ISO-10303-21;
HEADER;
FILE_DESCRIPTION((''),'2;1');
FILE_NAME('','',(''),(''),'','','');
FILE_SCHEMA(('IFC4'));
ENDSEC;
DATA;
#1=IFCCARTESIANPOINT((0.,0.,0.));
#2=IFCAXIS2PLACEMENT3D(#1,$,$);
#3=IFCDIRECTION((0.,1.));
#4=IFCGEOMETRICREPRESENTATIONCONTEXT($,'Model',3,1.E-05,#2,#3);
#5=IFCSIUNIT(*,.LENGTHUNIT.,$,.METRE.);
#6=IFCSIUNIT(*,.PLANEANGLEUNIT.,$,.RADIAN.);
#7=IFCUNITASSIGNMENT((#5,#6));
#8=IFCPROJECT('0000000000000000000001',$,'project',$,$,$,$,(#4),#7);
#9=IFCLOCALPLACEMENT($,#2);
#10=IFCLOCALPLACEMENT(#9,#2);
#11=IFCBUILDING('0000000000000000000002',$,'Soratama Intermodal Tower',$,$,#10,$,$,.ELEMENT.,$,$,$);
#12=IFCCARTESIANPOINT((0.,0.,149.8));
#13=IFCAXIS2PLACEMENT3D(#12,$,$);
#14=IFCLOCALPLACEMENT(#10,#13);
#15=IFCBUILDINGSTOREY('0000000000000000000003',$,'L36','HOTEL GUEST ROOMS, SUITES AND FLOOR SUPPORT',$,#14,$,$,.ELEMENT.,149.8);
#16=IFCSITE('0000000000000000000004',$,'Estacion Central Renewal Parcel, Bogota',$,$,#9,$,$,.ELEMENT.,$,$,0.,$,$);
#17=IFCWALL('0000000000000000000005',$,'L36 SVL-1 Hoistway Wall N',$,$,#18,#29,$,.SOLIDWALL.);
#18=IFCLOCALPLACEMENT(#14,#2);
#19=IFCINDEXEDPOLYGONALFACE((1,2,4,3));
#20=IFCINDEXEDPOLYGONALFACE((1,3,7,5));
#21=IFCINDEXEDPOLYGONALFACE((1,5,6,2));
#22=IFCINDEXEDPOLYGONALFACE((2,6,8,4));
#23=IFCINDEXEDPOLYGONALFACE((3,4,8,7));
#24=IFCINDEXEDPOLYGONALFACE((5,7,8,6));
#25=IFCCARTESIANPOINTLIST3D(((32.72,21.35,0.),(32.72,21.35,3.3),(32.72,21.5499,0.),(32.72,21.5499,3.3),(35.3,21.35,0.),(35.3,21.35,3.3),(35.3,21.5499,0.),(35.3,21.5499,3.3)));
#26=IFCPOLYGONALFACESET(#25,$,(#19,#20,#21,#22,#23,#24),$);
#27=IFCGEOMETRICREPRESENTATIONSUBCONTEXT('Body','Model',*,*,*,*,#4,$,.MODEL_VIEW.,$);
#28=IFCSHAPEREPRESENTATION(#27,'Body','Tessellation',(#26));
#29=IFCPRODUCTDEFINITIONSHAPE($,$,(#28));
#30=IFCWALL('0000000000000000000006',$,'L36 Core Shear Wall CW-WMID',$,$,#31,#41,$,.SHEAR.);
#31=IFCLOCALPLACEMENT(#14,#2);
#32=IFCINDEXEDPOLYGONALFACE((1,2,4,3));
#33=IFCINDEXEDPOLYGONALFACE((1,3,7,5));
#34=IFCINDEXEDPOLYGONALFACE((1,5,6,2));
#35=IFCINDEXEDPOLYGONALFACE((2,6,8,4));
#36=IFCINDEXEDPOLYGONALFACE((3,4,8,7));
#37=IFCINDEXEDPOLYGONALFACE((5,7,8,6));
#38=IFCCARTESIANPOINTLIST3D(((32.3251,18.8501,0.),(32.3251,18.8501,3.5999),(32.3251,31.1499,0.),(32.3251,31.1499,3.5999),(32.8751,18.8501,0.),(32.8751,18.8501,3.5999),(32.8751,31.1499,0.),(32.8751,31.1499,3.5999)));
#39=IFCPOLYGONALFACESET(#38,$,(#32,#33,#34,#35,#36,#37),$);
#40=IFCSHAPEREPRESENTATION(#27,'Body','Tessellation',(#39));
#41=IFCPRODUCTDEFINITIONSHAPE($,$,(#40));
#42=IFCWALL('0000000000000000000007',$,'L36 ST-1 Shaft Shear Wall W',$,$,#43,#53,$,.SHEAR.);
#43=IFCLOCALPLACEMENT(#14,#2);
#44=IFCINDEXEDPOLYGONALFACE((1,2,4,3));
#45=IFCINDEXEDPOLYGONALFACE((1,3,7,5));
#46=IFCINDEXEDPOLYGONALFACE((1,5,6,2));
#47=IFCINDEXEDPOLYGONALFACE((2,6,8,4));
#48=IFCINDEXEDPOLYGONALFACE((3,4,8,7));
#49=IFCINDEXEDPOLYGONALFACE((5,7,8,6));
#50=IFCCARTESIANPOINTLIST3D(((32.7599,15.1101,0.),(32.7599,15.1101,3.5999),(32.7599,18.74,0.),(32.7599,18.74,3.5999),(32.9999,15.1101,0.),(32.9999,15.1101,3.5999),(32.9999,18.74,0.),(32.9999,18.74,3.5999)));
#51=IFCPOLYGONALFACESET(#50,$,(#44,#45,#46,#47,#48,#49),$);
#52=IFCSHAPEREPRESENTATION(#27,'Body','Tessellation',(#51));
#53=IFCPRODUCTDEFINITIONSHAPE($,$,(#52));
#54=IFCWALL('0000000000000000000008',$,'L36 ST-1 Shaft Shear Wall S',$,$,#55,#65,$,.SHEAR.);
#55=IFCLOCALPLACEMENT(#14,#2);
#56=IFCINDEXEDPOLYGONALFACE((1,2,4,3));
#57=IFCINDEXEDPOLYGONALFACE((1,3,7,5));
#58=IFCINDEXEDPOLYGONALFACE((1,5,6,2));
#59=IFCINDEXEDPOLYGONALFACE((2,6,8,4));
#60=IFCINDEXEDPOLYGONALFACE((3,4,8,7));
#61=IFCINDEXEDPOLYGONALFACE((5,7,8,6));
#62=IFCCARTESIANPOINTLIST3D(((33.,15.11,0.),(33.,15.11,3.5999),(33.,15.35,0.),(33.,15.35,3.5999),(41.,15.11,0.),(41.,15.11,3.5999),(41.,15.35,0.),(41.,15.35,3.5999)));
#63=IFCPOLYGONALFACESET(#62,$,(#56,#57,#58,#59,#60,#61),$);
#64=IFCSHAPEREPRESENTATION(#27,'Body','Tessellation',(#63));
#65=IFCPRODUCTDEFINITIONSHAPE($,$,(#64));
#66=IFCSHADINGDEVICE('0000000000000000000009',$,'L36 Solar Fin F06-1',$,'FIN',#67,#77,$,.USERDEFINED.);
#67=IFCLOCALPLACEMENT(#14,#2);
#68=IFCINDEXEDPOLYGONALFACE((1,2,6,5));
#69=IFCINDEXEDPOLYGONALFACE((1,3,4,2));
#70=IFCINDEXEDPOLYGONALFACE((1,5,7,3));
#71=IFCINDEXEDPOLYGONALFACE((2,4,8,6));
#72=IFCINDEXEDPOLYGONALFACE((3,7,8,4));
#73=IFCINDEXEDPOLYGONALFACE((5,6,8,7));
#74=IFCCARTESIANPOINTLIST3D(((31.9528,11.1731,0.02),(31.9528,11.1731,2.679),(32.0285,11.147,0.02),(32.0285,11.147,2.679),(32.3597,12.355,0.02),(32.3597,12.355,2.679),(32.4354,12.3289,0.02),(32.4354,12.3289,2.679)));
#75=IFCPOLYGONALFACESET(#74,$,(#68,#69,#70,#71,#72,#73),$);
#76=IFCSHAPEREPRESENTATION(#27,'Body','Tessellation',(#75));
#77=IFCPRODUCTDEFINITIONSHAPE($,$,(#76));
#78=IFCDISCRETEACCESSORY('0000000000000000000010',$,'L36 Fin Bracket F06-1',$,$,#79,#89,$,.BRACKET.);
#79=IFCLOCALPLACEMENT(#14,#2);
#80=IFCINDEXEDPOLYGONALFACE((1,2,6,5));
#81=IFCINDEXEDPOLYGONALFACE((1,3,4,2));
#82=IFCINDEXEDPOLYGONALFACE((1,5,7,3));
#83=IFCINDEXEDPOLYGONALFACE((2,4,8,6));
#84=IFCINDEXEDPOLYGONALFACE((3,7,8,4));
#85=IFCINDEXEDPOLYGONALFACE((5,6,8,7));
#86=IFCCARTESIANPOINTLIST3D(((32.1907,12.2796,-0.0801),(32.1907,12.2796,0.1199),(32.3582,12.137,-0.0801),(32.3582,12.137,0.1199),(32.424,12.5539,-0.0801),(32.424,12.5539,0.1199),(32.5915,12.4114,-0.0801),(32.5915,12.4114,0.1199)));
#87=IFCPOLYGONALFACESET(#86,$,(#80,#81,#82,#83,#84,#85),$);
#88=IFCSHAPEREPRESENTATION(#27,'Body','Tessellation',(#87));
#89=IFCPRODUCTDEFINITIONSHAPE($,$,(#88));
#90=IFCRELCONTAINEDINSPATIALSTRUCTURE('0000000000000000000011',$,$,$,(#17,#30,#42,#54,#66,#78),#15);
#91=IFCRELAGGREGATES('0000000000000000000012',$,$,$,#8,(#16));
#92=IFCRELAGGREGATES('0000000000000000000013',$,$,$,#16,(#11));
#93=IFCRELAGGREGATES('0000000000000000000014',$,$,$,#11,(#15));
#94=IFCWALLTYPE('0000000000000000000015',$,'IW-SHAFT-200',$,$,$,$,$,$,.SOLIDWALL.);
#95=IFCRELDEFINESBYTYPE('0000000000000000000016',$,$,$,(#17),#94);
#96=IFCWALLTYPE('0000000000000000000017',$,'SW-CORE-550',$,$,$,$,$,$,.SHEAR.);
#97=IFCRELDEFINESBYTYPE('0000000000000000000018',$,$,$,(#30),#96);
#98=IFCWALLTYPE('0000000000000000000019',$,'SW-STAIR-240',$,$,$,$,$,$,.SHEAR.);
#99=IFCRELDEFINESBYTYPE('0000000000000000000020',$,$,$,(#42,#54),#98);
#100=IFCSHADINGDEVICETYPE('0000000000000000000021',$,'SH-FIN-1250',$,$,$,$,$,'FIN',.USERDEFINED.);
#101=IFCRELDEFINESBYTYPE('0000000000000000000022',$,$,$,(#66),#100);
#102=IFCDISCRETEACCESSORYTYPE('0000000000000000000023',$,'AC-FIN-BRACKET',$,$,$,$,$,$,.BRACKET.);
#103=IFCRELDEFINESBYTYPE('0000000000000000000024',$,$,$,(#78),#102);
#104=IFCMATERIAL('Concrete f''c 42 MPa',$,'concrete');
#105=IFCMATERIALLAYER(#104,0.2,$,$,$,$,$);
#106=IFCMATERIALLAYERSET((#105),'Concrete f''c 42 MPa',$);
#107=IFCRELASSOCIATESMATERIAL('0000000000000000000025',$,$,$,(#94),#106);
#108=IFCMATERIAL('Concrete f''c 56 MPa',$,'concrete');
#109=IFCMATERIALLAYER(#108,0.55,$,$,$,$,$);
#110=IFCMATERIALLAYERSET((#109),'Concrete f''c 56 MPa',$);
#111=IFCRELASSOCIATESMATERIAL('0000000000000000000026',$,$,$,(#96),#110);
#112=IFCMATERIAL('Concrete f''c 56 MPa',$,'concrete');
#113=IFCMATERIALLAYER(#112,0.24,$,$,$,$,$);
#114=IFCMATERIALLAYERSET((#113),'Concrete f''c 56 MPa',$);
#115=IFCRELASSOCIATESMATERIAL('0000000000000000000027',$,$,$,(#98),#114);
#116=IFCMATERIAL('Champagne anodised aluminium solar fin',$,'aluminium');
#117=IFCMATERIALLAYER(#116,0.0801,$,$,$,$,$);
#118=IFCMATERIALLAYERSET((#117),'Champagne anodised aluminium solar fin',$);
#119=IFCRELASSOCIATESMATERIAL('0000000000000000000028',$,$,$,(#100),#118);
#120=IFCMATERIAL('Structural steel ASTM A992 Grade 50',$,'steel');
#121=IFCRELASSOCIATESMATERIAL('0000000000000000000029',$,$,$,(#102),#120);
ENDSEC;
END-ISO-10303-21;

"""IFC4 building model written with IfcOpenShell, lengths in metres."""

from ifc_helpers import new_model, si_unit, direction, frame, frame_2d, origin, origin_2d, place, context, subcontext, project, spatial, rectangle, extrude, material, layer, layer_set, type_object, element, save


model = new_model("IFC4")

# Units and contexts
model_context = context("Model", 3, precision=1e-05, world=origin(), true_north=direction((0.0, 1.0)))
body_context = subcontext(model_context, "Body", "Model", "MODEL_VIEW")
ifc_project = project(units=[si_unit("LENGTHUNIT", "METRE"), si_unit("PLANEANGLEUNIT", "RADIAN")], contexts=[model_context])

# Site, building, storey
site_placement = place(None, origin())
site = spatial("IfcSite", under=ifc_project, at=site_placement, Name="Estacion Central Renewal Parcel, Bogota", CompositionType="ELEMENT", RefElevation=0.0)
building_placement = place(site_placement, origin())
building = spatial("IfcBuilding", under=site, at=building_placement, Name="Soratama Intermodal Tower", CompositionType="ELEMENT")
storey_placement = place(building_placement, frame((0.0, 0.0, 149.8)))
storey = spatial("IfcBuildingStorey", under=building, at=storey_placement, Name="L36", Description="HOTEL GUEST ROOMS, SUITES AND FLOOR SUPPORT", CompositionType="ELEMENT", Elevation=149.8)

# Walls
ifc_material_1 = material(Name="Concrete f'c 42 MPa", Category="concrete")
ifc_layer_1 = layer(ifc_material_1, 0.2)
ifc_layer_set_1 = layer_set([ifc_layer_1], Name="Concrete f'c 42 MPa")
wall_type_1 = type_object("IfcWallType", Name="IW-SHAFT-200", PredefinedType="SOLIDWALL", material=ifc_layer_set_1)
wall_1_placement = place(storey_placement, frame((32.72, 21.45, 0.0), z_axis=(0.0, 0.0, 1.0), x_axis=(1.0, 0.0, 0.0)))
element("IfcWall", 1, at=wall_1_placement, inside=storey, type_object=wall_type_1, Name="L36 SVL-1 Hoistway Wall N", PredefinedType="SOLIDWALL", context=body_context, shape_type="SweptSolid", body=[
    extrude(rectangle(XDim=2.5801, YDim=0.2, at=frame_2d((1.29, 0.0))), origin(), (0.0, 0.0, 1.0), 3.3),
])
ifc_material_2 = material(Name="Concrete f'c 56 MPa", Category="concrete")
ifc_layer_2 = layer(ifc_material_2, 0.55)
ifc_layer_set_2 = layer_set([ifc_layer_2], Name="Concrete f'c 56 MPa")
wall_type_2 = type_object("IfcWallType", Name="SW-CORE-550", PredefinedType="SHEAR", material=ifc_layer_set_2)
wall_2_placement = place(storey_placement, frame((32.6001, 18.8501, 0.0), z_axis=(0.0, 0.0, 1.0), x_axis=(0.0, 1.0, 0.0)))
element("IfcWall", 2, at=wall_2_placement, inside=storey, type_object=wall_type_2, Name="L36 Core Shear Wall CW-WMID", PredefinedType="SHEAR", context=body_context, shape_type="SweptSolid", body=[
    extrude(rectangle(XDim=12.2998, YDim=0.55, at=frame_2d((6.1499, 0.0))), origin(), (0.0, 0.0, 1.0), 3.5999),
])
ifc_material_3 = material(Name="Concrete f'c 56 MPa", Category="concrete")
ifc_layer_3 = layer(ifc_material_3, 0.24)
ifc_layer_set_3 = layer_set([ifc_layer_3], Name="Concrete f'c 56 MPa")
wall_type_3 = type_object("IfcWallType", Name="SW-STAIR-240", PredefinedType="SHEAR", material=ifc_layer_set_3)
wall_3_placement = place(storey_placement, frame((32.8799, 15.1101, 0.0), z_axis=(0.0, 0.0, 1.0), x_axis=(0.0, 1.0, 0.0)))
element("IfcWall", 3, at=wall_3_placement, inside=storey, type_object=wall_type_3, Name="L36 ST-1 Shaft Shear Wall W", PredefinedType="SHEAR", context=body_context, shape_type="SweptSolid", body=[
    extrude(rectangle(XDim=3.6299, YDim=0.24, at=frame_2d((1.8149, 0.0))), origin(), (0.0, 0.0, 1.0), 3.5999),
])
wall_4_placement = place(storey_placement, frame((33.0, 15.23, 0.0), z_axis=(0.0, 0.0, 1.0), x_axis=(1.0, 0.0, 0.0)))
element("IfcWall", 4, at=wall_4_placement, inside=storey, type_object=wall_type_3, Name="L36 ST-1 Shaft Shear Wall S", PredefinedType="SHEAR", context=body_context, shape_type="SweptSolid", body=[
    extrude(rectangle(XDim=8.0, YDim=0.24, at=frame_2d((4.0, 0.0))), origin(), (0.0, 0.0, 1.0), 3.5999),
])

# Shading device
ifc_material_4 = material(Name="Champagne anodised aluminium solar fin", Category="aluminium")
ifc_layer_4 = layer(ifc_material_4, 0.0801)
ifc_layer_set_4 = layer_set([ifc_layer_4], Name="Champagne anodised aluminium solar fin")
shading_device_type = type_object("IfcShadingDeviceType", Name="SH-FIN-1250", ElementType="FIN", PredefinedType="USERDEFINED", material=ifc_layer_set_4)
shading_device_placement = place(storey_placement, frame((32.1941, 11.751, 0.02), z_axis=(0.0, 0.0, 1.0), x_axis=(-0.325568, -0.945519, 0.0)))
element("IfcShadingDevice", 5, at=shading_device_placement, inside=storey, type_object=shading_device_type, Name="L36 Solar Fin F06-1", ObjectType="FIN", PredefinedType="USERDEFINED", context=body_context, shape_type="SweptSolid", body=[
    extrude(rectangle(XDim=1.25, YDim=0.0801, at=origin_2d()), origin(), (0.0, 0.0, 1.0), 2.6589),
])

# Discrete accessory
ifc_material_5 = material(Name="Structural steel ASTM A992 Grade 50", Category="steel")
discrete_accessory_type = type_object("IfcDiscreteAccessoryType", Name="AC-FIN-BRACKET", PredefinedType="BRACKET", material=ifc_material_5)
discrete_accessory_placement = place(storey_placement, frame((32.3911, 12.3455, -0.0801), z_axis=(0.0, 0.0, 1.0), x_axis=(-0.647854, -0.761764, 0.0)))
element("IfcDiscreteAccessory", 6, at=discrete_accessory_placement, inside=storey, type_object=discrete_accessory_type, Name="L36 Fin Bracket F06-1", PredefinedType="BRACKET", context=body_context, shape_type="SweptSolid", body=[
    extrude(rectangle(XDim=0.3601, YDim=0.22, at=origin_2d()), origin(), (0.0, 0.0, 1.0), 0.2),
])

save(model, "model.ifc")
